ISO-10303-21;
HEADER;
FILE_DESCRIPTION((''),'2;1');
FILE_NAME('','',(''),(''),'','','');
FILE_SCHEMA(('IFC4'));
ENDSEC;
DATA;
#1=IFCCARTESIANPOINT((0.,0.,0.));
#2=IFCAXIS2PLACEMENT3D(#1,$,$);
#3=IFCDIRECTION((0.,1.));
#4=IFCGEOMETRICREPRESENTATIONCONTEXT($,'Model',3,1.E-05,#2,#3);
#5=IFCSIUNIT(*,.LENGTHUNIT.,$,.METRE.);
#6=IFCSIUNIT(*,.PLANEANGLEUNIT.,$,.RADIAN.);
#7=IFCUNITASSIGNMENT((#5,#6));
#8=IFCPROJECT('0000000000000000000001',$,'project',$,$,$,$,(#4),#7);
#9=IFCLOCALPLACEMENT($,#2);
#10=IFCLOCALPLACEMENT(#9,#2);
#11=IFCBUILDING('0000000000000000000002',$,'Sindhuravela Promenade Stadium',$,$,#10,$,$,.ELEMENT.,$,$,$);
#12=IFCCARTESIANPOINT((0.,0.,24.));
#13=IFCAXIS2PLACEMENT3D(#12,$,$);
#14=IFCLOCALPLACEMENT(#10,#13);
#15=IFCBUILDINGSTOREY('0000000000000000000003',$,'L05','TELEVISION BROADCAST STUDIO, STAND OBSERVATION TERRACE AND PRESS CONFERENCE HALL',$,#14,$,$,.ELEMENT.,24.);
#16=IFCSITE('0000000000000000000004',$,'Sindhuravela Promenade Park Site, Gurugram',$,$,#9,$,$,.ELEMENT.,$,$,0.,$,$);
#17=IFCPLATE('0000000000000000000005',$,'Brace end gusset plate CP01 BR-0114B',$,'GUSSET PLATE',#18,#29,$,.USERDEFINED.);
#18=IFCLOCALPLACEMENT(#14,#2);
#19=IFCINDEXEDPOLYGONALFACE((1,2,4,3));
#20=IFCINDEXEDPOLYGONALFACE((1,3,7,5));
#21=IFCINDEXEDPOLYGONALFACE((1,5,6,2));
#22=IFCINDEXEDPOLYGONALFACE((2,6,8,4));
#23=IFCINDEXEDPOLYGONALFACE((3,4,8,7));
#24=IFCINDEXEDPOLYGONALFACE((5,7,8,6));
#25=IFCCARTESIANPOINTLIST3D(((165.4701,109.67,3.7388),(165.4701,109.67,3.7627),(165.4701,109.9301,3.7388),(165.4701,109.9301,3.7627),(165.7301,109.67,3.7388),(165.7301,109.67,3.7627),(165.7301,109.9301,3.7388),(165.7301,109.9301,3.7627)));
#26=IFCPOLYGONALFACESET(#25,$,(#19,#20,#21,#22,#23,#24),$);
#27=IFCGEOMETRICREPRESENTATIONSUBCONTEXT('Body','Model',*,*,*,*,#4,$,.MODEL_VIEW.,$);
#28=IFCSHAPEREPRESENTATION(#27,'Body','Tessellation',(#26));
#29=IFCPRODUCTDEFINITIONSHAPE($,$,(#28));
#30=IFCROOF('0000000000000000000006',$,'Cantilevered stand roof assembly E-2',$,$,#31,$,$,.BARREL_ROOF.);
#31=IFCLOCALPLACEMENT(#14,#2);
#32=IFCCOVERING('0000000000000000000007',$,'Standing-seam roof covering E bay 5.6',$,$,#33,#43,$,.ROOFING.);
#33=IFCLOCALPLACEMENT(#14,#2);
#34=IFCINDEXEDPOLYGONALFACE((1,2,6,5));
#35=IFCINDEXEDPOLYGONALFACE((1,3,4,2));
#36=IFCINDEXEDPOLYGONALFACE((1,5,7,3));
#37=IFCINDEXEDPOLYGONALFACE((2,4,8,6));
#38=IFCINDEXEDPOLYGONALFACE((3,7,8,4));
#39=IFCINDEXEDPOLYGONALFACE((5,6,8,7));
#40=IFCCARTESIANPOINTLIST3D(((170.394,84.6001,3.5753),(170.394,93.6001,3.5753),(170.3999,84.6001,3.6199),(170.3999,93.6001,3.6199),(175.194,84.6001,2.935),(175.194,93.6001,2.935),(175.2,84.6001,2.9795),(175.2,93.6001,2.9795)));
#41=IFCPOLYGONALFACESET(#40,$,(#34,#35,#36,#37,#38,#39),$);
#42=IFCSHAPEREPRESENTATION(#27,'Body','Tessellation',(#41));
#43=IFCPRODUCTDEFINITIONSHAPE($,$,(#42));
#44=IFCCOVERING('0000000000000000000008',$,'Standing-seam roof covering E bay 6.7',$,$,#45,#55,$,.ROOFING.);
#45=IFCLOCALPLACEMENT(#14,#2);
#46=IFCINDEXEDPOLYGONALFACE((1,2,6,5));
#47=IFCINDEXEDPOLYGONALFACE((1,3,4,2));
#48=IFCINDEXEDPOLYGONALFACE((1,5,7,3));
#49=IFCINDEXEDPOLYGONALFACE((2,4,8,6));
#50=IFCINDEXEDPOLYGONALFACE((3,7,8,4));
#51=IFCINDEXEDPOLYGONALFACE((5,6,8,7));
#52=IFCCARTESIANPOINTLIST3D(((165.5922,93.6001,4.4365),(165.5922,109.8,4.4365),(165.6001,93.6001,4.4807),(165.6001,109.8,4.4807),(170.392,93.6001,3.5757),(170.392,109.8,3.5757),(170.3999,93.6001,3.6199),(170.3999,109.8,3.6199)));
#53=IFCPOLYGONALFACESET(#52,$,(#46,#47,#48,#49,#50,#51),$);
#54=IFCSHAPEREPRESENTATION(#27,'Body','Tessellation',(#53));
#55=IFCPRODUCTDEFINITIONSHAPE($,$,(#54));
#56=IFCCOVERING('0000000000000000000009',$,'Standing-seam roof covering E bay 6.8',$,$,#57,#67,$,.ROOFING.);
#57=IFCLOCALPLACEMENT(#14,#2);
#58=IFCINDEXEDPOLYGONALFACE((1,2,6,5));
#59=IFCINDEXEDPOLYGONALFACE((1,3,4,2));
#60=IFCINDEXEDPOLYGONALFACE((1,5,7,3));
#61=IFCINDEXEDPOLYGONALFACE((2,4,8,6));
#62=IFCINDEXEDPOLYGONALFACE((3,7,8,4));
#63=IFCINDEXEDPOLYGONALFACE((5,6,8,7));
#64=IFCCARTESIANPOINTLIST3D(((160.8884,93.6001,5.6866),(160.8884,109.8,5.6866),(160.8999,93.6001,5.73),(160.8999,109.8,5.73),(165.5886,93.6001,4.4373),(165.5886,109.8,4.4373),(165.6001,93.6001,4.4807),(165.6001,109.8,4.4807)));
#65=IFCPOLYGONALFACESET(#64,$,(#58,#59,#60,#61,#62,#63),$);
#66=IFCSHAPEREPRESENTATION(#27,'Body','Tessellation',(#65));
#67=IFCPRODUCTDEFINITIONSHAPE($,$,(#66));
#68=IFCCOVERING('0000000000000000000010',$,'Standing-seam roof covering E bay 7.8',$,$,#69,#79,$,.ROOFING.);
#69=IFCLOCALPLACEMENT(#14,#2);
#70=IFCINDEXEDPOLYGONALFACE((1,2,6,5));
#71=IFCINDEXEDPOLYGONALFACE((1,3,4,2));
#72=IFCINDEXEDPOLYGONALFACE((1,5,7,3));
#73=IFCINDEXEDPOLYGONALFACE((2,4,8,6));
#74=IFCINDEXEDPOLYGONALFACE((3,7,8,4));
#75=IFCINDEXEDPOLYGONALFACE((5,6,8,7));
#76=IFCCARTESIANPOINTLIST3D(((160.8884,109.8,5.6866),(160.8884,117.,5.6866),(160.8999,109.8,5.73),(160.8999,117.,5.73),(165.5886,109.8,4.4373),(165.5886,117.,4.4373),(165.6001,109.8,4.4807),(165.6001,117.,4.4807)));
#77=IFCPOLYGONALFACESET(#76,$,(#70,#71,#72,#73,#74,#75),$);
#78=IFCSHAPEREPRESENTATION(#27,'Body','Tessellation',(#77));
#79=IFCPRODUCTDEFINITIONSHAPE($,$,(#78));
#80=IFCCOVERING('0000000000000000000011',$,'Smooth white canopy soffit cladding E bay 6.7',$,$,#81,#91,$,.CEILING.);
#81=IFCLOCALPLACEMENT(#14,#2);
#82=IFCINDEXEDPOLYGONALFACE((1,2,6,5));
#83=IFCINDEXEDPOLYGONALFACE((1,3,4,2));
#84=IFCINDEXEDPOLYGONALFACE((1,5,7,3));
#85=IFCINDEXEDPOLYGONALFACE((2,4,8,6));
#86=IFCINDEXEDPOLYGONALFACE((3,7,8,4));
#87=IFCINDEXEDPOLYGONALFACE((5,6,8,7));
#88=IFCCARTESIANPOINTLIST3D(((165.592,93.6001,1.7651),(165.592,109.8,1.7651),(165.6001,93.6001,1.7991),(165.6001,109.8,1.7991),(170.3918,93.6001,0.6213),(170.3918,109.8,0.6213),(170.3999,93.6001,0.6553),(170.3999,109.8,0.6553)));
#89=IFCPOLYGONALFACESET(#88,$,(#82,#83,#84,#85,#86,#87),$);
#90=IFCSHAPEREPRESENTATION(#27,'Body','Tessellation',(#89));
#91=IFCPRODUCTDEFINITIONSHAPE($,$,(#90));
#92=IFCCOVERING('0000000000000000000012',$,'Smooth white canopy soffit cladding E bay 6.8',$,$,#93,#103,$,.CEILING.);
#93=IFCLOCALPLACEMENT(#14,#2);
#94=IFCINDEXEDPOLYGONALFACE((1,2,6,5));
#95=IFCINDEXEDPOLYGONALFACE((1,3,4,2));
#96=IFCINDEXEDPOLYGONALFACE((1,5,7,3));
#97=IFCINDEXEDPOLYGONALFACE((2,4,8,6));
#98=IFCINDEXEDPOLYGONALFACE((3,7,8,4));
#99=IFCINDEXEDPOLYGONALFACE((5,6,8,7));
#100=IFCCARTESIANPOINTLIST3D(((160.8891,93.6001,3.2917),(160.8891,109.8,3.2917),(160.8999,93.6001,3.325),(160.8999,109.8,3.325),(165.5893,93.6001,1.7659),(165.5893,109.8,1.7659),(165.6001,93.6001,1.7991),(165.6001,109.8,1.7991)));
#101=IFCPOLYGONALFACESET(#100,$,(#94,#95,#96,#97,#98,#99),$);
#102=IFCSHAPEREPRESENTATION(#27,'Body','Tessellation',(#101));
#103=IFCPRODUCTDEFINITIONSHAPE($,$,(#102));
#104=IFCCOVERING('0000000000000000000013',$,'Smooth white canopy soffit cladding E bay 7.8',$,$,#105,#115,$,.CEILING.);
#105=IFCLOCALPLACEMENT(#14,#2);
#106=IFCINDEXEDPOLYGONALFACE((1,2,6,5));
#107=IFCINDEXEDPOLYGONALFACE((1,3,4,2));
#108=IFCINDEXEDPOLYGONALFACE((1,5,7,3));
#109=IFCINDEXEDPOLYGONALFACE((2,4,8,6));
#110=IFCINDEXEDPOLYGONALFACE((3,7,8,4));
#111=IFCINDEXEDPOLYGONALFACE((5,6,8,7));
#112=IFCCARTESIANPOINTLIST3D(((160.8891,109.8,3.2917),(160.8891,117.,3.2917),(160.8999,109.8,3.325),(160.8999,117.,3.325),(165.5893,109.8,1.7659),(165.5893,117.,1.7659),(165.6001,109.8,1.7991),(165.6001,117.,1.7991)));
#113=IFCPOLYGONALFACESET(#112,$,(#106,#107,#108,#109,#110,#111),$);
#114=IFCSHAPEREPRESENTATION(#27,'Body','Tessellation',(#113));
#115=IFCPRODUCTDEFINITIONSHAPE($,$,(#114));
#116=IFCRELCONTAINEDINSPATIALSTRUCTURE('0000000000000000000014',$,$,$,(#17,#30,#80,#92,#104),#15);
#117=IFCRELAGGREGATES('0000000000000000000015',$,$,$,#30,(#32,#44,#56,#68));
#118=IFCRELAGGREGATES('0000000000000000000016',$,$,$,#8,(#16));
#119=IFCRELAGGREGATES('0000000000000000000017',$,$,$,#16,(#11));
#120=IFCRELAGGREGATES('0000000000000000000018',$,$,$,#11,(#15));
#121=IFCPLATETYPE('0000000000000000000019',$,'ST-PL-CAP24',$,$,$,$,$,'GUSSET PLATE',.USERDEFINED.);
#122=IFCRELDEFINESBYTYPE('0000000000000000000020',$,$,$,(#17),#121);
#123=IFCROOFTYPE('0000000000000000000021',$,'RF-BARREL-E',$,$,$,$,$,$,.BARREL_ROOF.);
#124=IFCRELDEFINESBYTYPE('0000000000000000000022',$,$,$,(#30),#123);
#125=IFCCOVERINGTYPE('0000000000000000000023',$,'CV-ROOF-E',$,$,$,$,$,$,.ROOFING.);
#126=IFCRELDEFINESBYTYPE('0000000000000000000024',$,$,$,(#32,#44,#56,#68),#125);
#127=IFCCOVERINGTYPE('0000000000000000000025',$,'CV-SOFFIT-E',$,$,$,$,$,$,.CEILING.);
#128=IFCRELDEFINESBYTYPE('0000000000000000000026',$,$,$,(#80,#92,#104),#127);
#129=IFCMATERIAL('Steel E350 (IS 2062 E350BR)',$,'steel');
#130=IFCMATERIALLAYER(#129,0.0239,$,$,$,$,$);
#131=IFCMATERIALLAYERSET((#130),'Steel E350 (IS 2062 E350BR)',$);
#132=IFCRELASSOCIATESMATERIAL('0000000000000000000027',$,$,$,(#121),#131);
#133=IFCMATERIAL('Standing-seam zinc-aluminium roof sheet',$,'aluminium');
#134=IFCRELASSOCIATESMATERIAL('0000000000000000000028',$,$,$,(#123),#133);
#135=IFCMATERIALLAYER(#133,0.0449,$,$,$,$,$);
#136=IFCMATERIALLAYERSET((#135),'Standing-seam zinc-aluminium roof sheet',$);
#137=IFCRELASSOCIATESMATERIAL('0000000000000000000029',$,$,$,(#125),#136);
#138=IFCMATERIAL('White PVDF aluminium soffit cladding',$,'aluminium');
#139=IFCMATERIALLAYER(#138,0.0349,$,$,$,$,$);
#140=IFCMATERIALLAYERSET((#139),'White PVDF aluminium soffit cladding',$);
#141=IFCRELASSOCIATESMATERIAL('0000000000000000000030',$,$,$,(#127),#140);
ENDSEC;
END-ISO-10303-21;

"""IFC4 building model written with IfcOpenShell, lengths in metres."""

from ifc_helpers import new_model, si_unit, direction, frame, origin, origin_2d, place, context, subcontext, project, spatial, polyline, rectangle, outline, extrude, material, layer, layer_set, type_object, element, aggregate, save


model = new_model("IFC4")

# Units and contexts
model_context = context("Model", 3, precision=1e-05, world=origin(), true_north=direction((0.0, 1.0)))
body_context = subcontext(model_context, "Body", "Model", "MODEL_VIEW")
ifc_project = project(units=[si_unit("LENGTHUNIT", "METRE"), si_unit("PLANEANGLEUNIT", "RADIAN")], contexts=[model_context])

# Site, building, storey
site_placement = place(None, origin())
site = spatial("IfcSite", under=ifc_project, at=site_placement, Name="Sindhuravela Promenade Park Site, Gurugram", CompositionType="ELEMENT", RefElevation=0.0)
building_placement = place(site_placement, origin())
building = spatial("IfcBuilding", under=site, at=building_placement, Name="Sindhuravela Promenade Stadium", CompositionType="ELEMENT")
storey_placement = place(building_placement, frame((0.0, 0.0, 24.0)))
storey = spatial("IfcBuildingStorey", under=building, at=storey_placement, Name="L05", Description="TELEVISION BROADCAST STUDIO, STAND OBSERVATION TERRACE AND PRESS CONFERENCE HALL", CompositionType="ELEMENT", Elevation=24.0)

# Shared definitions
ifc_material_1 = material(Name="Steel E350 (IS 2062 E350BR)", Category="steel")

# Plate
ifc_layer_1 = layer(ifc_material_1, 0.0239)
ifc_layer_set_1 = layer_set([ifc_layer_1], Name="Steel E350 (IS 2062 E350BR)")
plate_type = type_object("IfcPlateType", Name="ST-PL-CAP24", ElementType="GUSSET PLATE", PredefinedType="USERDEFINED", material=ifc_layer_set_1)
for number, where, z_axis, x_axis, name in (
    (1, (165.6001, 109.8, 3.7388), (0.0, 0.0, 1.0), (1.0, 0.0, 0.0), "Brace end gusset plate CP01 BR-0114B"),
):
    element("IfcPlate", number, at=place(storey_placement, frame(where, z_axis=z_axis, x_axis=x_axis)), inside=storey, type_object=plate_type, Name=name, ObjectType="GUSSET PLATE", PredefinedType="USERDEFINED", context=body_context, shape_type="SweptSolid", body=[
        extrude(rectangle(XDim=0.26, YDim=0.26, at=origin_2d()), origin(), (0.0, 0.0, 1.0), 0.0239),
    ])

# Roof, coverings
ifc_material_2 = material(Name="Standing-seam zinc-aluminium roof sheet", Category="aluminium")
roof_type = type_object("IfcRoofType", Name="RF-BARREL-E", PredefinedType="BARREL_ROOF", material=ifc_material_2)
roof_placement = place(storey_placement, origin())
roof = element("IfcRoof", 2, at=roof_placement, inside=storey, type_object=roof_type, Name="Cantilevered stand roof assembly E-2", PredefinedType="BARREL_ROOF")
ifc_layer_2 = layer(ifc_material_2, 0.0449)
ifc_layer_set_2 = layer_set([ifc_layer_2], Name="Standing-seam zinc-aluminium roof sheet")
covering_type_1 = type_object("IfcCoveringType", Name="CV-ROOF-E", PredefinedType="ROOFING", material=ifc_layer_set_2)
covering_1_placement = place(storey_placement, frame((175.2, 84.6001, 2.9795), z_axis=(0.13224, 0.0, 0.991218), x_axis=(0.0, 1.0, 0.0)))
covering_1 = element("IfcCovering", 3, at=covering_1_placement, type_object=covering_type_1, Name="Standing-seam roof covering E bay 5.6", PredefinedType="ROOFING", context=body_context, shape_type="SweptSolid", body=[
    extrude(outline(polyline([(0.0, 0.0), (9.0, 0.0), (9.0, 4.8426), (0.0, 4.8426), (0.0, 0.0)])), origin(), (0.0, 0.0, -1.0), 0.0449),
])
covering_2_placement = place(storey_placement, frame((170.3999, 93.6001, 3.6199), z_axis=(0.176532, 0.0, 0.984295), x_axis=(0.0, 1.0, 0.0)))
covering_2 = element("IfcCovering", 4, at=covering_2_placement, type_object=covering_type_1, Name="Standing-seam roof covering E bay 6.7", PredefinedType="ROOFING", context=body_context, shape_type="SweptSolid", body=[
    extrude(outline(polyline([(0.0, 0.0), (16.2, 0.0), (16.2, 4.8764), (0.0, 4.8764), (0.0, 0.0)])), origin(), (0.0, 0.0, -1.0), 0.0449),
])
covering_3_placement = place(storey_placement, frame((165.6001, 93.6001, 4.4807), z_axis=(0.256872, 0.0, 0.966445), x_axis=(0.0, 1.0, 0.0)))
covering_3 = element("IfcCovering", 5, at=covering_3_placement, type_object=covering_type_1, Name="Standing-seam roof covering E bay 6.8", PredefinedType="ROOFING", context=body_context, shape_type="SweptSolid", body=[
    extrude(outline(polyline([(0.0, 0.0), (16.2, 0.0), (16.2, 4.8634), (0.0, 4.8634), (0.0, 0.0)])), origin(), (0.0, 0.0, -1.0), 0.0449),
])
covering_4_placement = place(storey_placement, frame((165.6001, 109.8, 4.4807), z_axis=(0.256872, 0.0, 0.966445), x_axis=(0.0, 1.0, 0.0)))
covering_4 = element("IfcCovering", 6, at=covering_4_placement, type_object=covering_type_1, Name="Standing-seam roof covering E bay 7.8", PredefinedType="ROOFING", context=body_context, shape_type="SweptSolid", body=[
    extrude(outline(polyline([(0.0, 0.0), (7.2, 0.0), (7.2, 4.8634), (0.0, 4.8634), (0.0, 0.0)])), origin(), (0.0, 0.0, -1.0), 0.0449),
])
aggregate(roof, [covering_1, covering_2, covering_3, covering_4])

# Coverings
ifc_material_3 = material(Name="White PVDF aluminium soffit cladding", Category="aluminium")
ifc_layer_3 = layer(ifc_material_3, 0.0349)
ifc_layer_set_3 = layer_set([ifc_layer_3], Name="White PVDF aluminium soffit cladding")
covering_type_2 = type_object("IfcCoveringType", Name="CV-SOFFIT-E", PredefinedType="CEILING", material=ifc_layer_set_3)
covering_5_placement = place(storey_placement, frame((170.3999, 93.6001, 0.6553), z_axis=(0.23181, 0.0, 0.972761), x_axis=(0.0, 1.0, 0.0)))
element("IfcCovering", 7, at=covering_5_placement, inside=storey, type_object=covering_type_2, Name="Smooth white canopy soffit cladding E bay 6.7", PredefinedType="CEILING", context=body_context, shape_type="SweptSolid", body=[
    extrude(outline(polyline([(0.0, 0.0), (16.2, 0.0), (16.2, 4.9342), (0.0, 4.9342), (0.0, 0.0)])), origin(), (0.0, 0.0, -1.0), 0.0349),
])
covering_6_placement = place(storey_placement, frame((165.6001, 93.6001, 1.7991), z_axis=(0.308778, 0.0, 0.951134), x_axis=(0.0, 1.0, 0.0)))
element("IfcCovering", 8, at=covering_6_placement, inside=storey, type_object=covering_type_2, Name="Smooth white canopy soffit cladding E bay 6.8", PredefinedType="CEILING", context=body_context, shape_type="SweptSolid", body=[
    extrude(outline(polyline([(0.0, 0.0), (16.2, 0.0), (16.2, 4.9417), (0.0, 4.9417), (0.0, 0.0)])), origin(), (0.0, 0.0, -1.0), 0.0349),
])
covering_7_placement = place(storey_placement, frame((165.6001, 109.8, 1.7991), z_axis=(0.308778, 0.0, 0.951134), x_axis=(0.0, 1.0, 0.0)))
element("IfcCovering", 9, at=covering_7_placement, inside=storey, type_object=covering_type_2, Name="Smooth white canopy soffit cladding E bay 7.8", PredefinedType="CEILING", context=body_context, shape_type="SweptSolid", body=[
    extrude(outline(polyline([(0.0, 0.0), (7.2, 0.0), (7.2, 4.9417), (0.0, 4.9417), (0.0, 0.0)])), origin(), (0.0, 0.0, -1.0), 0.0349),
])

save(model, "model.ifc")
